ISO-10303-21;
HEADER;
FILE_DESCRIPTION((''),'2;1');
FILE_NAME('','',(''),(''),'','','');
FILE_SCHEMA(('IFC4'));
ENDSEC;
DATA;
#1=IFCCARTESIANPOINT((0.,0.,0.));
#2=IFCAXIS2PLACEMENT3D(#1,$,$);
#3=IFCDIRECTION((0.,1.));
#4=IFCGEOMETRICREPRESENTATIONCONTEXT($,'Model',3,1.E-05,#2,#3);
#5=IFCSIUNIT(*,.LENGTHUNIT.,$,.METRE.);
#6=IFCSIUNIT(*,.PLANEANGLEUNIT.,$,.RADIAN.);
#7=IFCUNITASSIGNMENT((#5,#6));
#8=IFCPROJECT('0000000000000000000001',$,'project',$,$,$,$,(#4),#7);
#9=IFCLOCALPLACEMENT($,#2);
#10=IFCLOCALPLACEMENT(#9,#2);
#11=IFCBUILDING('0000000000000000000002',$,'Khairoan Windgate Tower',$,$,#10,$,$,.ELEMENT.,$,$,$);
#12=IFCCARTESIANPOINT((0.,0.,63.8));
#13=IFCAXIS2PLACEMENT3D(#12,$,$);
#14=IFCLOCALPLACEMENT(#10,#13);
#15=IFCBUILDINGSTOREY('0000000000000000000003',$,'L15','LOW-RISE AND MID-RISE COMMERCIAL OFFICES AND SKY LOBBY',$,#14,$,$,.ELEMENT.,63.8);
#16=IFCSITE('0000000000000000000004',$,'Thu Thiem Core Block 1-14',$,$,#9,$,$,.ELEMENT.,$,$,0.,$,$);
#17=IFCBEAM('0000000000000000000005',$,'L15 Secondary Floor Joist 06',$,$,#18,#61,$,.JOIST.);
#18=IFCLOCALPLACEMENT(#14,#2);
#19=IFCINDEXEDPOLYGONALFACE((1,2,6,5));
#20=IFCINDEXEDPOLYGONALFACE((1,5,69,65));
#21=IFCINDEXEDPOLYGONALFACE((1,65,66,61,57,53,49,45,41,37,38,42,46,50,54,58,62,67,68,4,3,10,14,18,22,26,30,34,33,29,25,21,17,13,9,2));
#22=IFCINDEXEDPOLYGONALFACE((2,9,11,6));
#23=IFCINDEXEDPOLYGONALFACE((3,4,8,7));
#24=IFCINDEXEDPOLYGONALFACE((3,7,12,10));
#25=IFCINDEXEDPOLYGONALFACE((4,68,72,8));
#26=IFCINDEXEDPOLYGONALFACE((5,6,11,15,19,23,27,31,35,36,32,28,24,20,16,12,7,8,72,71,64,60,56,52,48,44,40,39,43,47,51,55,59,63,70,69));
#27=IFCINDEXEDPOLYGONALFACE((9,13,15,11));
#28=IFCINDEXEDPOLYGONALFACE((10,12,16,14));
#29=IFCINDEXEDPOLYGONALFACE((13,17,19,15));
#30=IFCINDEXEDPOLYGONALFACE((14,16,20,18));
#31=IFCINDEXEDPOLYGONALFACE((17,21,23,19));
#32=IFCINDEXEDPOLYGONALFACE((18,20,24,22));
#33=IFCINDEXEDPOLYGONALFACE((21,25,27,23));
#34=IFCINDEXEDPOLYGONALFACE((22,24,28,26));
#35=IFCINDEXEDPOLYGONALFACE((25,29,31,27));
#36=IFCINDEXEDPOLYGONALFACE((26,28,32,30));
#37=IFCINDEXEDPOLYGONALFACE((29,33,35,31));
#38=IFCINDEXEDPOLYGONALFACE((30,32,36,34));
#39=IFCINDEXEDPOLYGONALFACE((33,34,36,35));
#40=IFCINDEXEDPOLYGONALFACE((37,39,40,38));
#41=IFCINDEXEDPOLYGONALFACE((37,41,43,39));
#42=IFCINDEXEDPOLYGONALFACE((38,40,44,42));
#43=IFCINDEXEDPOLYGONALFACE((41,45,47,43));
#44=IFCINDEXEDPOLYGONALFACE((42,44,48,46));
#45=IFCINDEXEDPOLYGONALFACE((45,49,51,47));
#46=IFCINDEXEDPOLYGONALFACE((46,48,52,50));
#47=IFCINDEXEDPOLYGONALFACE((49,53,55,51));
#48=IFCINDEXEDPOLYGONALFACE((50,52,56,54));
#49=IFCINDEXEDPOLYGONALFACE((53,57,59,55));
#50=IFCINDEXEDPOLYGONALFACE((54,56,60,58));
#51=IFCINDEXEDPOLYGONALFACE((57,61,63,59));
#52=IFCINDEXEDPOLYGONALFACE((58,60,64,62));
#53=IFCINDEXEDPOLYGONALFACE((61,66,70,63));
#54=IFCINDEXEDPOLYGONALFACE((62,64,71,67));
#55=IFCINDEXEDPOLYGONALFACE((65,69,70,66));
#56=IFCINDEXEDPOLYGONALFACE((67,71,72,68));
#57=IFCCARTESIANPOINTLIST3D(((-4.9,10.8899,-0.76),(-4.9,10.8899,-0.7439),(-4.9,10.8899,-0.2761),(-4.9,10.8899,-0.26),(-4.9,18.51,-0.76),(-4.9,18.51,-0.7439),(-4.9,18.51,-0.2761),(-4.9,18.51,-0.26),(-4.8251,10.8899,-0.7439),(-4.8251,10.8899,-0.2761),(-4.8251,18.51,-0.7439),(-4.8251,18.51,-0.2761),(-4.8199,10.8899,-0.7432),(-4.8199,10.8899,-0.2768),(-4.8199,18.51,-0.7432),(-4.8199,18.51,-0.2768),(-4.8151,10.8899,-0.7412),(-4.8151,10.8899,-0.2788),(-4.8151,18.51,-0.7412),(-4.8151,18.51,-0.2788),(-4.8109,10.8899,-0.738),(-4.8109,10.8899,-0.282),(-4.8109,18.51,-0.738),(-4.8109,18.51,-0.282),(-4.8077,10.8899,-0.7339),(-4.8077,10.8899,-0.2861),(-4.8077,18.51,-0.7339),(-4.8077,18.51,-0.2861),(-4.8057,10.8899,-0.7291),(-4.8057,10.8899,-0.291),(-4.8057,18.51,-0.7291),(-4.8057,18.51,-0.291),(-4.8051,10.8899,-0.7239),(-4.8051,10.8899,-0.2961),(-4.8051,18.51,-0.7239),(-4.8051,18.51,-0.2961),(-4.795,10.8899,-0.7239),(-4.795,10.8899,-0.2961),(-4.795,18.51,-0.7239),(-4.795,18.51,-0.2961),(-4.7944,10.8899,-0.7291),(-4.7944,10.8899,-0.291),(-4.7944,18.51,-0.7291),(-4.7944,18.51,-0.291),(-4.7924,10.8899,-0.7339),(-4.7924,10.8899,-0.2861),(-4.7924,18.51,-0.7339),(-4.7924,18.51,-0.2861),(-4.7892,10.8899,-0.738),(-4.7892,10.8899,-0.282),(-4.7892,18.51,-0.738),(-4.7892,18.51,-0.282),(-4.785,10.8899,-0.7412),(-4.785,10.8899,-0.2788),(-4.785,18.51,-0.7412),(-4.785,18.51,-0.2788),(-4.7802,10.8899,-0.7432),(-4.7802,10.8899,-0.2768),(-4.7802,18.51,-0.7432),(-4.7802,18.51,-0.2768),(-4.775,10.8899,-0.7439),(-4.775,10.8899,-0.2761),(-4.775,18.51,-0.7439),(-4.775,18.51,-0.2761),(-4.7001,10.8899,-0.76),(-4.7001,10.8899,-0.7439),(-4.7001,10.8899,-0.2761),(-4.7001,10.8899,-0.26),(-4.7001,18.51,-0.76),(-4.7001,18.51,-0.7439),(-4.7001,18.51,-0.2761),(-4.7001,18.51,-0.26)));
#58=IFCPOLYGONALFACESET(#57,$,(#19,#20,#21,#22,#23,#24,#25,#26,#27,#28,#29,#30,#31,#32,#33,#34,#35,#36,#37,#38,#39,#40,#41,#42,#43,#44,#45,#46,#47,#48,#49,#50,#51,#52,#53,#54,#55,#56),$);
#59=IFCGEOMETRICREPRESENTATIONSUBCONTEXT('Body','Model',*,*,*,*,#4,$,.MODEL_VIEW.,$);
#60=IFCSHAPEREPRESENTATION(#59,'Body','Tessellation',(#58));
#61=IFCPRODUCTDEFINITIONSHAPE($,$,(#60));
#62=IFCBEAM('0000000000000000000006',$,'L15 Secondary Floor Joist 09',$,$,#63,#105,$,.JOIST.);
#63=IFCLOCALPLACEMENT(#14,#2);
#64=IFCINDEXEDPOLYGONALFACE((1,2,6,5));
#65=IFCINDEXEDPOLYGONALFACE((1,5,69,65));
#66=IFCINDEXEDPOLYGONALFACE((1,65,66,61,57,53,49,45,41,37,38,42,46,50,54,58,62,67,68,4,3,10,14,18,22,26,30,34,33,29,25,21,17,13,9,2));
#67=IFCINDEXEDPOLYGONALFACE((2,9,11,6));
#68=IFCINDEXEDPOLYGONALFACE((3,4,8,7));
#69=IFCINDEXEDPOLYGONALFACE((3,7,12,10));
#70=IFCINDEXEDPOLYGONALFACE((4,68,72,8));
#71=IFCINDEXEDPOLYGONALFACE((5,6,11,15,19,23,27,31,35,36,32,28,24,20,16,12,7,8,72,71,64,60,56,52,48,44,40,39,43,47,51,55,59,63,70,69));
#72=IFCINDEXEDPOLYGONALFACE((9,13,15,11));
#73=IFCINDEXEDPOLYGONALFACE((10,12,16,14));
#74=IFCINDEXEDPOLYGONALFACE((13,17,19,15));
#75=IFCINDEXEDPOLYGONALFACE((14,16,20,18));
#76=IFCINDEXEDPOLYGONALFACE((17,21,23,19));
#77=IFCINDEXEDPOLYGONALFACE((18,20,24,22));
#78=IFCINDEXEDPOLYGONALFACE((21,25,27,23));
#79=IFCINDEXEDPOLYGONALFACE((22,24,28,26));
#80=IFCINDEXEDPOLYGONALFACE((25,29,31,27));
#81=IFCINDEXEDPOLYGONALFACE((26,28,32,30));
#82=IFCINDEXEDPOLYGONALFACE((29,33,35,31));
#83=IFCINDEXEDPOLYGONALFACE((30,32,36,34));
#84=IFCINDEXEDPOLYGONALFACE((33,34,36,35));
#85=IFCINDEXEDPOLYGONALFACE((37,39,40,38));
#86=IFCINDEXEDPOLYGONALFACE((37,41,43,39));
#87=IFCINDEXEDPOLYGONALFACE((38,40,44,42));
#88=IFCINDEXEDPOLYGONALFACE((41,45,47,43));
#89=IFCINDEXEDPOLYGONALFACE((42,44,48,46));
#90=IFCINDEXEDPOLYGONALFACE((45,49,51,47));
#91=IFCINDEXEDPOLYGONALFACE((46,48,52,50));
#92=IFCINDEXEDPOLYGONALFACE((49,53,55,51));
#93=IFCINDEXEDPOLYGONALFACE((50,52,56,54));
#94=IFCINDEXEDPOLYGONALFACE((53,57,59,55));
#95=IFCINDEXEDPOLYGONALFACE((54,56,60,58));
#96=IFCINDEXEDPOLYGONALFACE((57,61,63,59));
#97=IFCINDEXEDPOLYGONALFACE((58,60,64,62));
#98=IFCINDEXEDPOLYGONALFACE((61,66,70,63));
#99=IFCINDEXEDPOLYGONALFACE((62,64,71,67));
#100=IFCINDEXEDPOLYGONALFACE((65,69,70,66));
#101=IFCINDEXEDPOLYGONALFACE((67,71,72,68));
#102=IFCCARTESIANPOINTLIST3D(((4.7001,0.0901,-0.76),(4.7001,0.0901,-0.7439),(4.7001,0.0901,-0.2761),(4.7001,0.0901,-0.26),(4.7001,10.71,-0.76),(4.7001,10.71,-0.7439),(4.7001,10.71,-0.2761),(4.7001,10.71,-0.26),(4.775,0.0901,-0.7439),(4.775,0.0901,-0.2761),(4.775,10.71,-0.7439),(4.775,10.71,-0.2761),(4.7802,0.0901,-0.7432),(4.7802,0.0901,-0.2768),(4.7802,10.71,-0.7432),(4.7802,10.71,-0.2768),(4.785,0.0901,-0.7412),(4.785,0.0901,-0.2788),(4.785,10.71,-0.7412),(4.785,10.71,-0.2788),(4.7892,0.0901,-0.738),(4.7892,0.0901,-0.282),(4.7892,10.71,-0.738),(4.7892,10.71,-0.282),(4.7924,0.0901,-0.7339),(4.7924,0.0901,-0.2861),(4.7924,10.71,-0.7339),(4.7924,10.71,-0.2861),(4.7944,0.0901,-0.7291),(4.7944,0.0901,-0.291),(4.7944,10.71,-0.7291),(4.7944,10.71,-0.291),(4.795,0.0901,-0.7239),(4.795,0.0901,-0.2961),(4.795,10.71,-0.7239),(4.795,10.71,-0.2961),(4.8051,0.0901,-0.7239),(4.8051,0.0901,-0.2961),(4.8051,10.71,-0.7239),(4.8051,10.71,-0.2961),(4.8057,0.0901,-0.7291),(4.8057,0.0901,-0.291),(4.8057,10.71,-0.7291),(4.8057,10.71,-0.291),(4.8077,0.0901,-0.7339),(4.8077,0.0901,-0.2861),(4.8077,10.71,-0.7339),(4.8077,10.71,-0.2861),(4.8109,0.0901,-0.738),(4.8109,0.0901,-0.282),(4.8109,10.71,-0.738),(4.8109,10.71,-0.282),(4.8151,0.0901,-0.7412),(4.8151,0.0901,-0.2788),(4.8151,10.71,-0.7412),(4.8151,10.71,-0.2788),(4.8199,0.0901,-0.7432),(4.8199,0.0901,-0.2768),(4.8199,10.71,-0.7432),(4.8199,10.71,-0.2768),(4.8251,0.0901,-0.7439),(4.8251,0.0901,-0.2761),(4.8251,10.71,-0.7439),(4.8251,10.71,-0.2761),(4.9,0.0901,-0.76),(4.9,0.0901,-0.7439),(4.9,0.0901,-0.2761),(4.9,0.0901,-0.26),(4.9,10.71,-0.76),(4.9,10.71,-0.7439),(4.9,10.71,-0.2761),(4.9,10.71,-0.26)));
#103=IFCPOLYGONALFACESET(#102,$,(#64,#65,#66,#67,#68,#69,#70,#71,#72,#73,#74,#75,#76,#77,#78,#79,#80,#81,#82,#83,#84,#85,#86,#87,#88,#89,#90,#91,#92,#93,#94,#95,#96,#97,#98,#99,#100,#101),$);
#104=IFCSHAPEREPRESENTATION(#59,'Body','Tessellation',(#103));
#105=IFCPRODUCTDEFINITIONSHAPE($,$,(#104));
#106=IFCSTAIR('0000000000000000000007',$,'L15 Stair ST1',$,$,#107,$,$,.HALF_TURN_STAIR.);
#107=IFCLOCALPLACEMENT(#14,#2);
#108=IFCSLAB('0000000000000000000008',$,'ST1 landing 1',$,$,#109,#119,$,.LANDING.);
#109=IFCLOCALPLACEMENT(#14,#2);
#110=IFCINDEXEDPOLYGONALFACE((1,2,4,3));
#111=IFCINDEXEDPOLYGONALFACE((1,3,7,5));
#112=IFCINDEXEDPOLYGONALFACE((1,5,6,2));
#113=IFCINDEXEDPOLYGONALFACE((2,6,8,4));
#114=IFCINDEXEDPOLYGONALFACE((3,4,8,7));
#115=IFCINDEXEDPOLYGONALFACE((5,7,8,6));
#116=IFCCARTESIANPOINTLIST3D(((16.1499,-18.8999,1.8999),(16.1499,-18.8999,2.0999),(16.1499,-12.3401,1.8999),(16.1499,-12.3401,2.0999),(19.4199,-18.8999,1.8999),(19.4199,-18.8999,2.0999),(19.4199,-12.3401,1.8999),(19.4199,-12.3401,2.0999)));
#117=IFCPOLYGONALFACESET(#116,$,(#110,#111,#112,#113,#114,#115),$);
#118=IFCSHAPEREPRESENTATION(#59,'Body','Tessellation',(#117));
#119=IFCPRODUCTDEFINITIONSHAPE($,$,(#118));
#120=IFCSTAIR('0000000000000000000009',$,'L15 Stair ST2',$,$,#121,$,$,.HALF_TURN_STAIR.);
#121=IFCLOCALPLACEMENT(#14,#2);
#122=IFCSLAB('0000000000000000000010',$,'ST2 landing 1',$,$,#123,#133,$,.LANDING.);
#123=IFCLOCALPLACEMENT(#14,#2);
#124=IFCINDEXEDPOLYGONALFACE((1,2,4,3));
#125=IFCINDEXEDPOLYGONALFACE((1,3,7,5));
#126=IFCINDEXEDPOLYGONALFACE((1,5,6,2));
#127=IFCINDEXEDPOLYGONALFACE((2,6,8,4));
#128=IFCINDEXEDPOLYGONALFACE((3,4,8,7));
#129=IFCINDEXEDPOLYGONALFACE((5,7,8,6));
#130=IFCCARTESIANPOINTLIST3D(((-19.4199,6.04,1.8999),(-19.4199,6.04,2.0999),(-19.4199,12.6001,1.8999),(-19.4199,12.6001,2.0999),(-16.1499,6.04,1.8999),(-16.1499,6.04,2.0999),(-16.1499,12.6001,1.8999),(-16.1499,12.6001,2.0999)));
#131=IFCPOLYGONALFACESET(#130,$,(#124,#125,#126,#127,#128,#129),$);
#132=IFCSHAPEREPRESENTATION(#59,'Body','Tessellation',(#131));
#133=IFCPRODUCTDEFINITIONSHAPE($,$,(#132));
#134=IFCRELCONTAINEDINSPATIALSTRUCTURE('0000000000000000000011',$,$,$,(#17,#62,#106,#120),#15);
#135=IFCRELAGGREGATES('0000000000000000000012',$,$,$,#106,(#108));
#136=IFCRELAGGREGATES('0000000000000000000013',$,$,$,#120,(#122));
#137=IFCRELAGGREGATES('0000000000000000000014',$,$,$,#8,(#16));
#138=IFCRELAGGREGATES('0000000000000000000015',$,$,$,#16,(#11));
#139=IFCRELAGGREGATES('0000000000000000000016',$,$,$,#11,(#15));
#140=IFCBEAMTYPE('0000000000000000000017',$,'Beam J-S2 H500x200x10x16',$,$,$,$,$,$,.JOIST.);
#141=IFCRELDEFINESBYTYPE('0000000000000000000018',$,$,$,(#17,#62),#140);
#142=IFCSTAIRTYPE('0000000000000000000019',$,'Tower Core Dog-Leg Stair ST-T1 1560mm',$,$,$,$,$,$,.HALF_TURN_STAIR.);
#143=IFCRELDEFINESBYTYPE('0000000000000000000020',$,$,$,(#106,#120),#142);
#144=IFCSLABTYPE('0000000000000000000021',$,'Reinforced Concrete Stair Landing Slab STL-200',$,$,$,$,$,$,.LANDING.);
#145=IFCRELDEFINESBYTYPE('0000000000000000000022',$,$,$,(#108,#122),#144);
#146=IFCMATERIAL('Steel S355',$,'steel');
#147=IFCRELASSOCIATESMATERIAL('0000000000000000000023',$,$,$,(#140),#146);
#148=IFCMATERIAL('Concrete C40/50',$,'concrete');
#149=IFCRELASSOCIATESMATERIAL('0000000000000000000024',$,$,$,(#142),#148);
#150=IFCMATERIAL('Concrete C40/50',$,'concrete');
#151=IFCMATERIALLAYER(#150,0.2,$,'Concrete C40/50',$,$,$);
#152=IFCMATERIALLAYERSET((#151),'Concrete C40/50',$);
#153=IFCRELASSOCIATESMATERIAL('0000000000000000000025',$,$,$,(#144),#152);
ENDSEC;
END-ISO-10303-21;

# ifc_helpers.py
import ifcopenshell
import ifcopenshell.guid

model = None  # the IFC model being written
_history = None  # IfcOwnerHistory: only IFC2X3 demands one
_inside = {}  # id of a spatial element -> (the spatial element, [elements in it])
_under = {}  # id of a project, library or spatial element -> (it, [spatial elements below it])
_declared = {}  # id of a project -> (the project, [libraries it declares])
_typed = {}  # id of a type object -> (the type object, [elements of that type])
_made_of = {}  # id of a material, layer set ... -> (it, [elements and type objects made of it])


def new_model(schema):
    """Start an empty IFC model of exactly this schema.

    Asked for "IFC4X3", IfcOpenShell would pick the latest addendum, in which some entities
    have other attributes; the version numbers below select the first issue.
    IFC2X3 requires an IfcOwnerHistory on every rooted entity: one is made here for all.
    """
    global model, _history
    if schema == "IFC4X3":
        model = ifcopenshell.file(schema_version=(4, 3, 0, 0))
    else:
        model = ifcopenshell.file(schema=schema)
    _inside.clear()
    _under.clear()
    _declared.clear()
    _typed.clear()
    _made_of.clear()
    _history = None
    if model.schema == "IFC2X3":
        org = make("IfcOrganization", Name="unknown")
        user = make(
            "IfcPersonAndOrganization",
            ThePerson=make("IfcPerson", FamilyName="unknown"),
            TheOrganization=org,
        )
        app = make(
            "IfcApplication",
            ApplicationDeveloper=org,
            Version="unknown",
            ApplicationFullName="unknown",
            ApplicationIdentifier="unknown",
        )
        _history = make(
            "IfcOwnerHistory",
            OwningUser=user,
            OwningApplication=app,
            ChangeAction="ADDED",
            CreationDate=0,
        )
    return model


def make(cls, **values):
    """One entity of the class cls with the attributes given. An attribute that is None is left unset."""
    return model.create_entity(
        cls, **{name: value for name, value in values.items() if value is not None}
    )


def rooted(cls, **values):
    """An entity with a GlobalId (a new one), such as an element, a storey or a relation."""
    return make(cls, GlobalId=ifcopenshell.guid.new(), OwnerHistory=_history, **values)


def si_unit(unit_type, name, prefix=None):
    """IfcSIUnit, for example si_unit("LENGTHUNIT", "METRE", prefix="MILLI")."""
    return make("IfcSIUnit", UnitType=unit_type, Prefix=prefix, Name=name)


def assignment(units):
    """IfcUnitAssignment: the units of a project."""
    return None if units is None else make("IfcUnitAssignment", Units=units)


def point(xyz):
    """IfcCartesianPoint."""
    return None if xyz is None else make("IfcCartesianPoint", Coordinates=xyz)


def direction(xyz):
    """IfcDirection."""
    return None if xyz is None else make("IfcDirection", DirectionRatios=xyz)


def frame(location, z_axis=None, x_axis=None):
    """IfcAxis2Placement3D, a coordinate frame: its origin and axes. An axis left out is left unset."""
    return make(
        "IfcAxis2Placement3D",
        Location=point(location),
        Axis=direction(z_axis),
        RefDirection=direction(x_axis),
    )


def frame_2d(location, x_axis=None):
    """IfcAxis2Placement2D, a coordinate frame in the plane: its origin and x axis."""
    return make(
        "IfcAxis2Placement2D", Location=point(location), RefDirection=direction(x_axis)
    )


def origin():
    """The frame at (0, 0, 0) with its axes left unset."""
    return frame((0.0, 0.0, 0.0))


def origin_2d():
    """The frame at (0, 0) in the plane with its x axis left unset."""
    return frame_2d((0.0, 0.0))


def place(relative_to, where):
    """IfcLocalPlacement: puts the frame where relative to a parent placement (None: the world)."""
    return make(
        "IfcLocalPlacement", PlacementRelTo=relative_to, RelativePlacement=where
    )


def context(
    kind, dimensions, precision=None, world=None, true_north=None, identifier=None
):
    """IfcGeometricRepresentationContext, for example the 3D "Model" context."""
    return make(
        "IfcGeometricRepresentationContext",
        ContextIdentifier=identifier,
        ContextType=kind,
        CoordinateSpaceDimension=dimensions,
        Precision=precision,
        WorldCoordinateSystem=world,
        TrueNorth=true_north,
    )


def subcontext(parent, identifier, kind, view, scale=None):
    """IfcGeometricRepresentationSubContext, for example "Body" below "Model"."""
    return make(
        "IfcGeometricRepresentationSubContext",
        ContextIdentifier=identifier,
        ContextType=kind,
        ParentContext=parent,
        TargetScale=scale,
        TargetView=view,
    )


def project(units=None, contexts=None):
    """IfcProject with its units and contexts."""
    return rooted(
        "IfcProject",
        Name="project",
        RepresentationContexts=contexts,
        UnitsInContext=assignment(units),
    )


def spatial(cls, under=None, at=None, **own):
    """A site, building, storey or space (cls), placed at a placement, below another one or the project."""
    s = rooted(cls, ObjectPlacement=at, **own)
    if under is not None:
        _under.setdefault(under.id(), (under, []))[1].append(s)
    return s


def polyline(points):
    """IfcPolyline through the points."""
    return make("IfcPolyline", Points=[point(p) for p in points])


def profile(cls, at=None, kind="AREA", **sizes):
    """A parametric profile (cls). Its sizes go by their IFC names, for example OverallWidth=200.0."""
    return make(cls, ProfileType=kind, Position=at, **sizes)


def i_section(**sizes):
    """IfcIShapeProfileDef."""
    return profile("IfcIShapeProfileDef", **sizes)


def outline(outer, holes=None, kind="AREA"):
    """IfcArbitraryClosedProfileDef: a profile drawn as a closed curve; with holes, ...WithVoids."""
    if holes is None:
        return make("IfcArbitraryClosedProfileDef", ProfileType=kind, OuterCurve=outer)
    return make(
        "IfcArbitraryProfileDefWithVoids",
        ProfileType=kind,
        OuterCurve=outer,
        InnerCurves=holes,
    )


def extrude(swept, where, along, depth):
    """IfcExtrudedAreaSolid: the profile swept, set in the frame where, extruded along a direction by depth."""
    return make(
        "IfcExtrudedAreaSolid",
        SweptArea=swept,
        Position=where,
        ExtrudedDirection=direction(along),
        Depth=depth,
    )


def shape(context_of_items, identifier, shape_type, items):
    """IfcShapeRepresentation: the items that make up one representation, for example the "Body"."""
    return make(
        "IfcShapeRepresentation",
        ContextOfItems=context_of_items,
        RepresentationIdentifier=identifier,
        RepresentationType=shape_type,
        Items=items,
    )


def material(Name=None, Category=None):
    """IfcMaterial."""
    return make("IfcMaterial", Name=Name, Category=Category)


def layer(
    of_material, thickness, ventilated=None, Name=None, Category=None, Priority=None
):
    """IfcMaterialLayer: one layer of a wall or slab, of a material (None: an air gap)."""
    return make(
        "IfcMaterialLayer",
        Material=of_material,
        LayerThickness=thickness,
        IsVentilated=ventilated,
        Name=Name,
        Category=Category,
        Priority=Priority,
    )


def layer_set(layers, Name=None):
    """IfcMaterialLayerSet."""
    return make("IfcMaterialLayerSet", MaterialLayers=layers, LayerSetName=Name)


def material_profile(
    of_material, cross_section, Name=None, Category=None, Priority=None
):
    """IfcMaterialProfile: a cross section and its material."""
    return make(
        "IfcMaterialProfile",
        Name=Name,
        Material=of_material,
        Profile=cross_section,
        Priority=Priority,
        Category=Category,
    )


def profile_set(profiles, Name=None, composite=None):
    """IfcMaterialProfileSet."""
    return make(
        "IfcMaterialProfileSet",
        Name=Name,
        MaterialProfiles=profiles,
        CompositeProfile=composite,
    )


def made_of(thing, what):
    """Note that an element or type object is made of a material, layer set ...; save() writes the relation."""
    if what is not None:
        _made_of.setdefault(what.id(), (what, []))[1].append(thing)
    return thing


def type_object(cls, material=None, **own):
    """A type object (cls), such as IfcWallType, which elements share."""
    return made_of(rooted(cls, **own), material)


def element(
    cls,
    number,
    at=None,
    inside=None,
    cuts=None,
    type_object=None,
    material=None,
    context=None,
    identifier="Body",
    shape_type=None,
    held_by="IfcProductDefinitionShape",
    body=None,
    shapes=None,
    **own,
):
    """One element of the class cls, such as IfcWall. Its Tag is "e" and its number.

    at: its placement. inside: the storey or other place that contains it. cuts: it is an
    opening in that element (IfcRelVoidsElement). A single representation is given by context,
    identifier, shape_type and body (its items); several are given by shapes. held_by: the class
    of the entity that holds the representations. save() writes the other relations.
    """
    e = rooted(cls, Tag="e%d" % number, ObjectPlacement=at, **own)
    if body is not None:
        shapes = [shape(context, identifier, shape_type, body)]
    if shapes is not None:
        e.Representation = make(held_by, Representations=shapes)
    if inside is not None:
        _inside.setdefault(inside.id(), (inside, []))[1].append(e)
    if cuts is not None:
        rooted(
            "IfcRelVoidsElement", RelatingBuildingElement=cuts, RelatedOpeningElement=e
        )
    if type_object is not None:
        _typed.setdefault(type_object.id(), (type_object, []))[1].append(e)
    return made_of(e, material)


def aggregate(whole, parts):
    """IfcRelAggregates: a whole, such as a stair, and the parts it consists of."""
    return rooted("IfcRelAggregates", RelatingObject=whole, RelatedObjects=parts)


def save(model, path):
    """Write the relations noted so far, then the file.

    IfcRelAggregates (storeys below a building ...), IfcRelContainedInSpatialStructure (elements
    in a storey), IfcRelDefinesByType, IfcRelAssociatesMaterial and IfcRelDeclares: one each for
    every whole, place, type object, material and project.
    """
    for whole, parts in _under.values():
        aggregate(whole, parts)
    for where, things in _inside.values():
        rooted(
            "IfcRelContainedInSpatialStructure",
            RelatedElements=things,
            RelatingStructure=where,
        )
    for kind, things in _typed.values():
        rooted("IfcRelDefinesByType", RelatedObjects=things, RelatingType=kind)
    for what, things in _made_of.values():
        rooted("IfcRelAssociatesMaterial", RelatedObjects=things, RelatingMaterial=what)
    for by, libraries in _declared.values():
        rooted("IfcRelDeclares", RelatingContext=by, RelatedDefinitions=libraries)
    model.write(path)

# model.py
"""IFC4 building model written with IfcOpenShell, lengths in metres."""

from ifc_helpers import new_model, si_unit, direction, frame, origin, origin_2d, place, context, subcontext, project, spatial, polyline, i_section, outline, extrude, material, layer, layer_set, material_profile, profile_set, type_object, element, aggregate, save


model = new_model("IFC4")

# Units and contexts
model_context = context("Model", 3, precision=1e-05, world=origin(), true_north=direction((0.0, 1.0)))
body_context = subcontext(model_context, "Body", "Model", "MODEL_VIEW")
ifc_project = project(units=[si_unit("LENGTHUNIT", "METRE"), si_unit("PLANEANGLEUNIT", "RADIAN")], contexts=[model_context])

# Site, building, storey
site_placement = place(None, origin())
site = spatial("IfcSite", under=ifc_project, at=site_placement, Name="Thu Thiem Core Block 1-14", CompositionType="ELEMENT", RefElevation=0.0)
building_placement = place(site_placement, origin())
building = spatial("IfcBuilding", under=site, at=building_placement, Name="Khairoan Windgate Tower", CompositionType="ELEMENT")
storey_placement = place(building_placement, frame((0.0, 0.0, 63.8)))
storey = spatial("IfcBuildingStorey", under=building, at=storey_placement, Name="L15", Description="LOW-RISE AND MID-RISE COMMERCIAL OFFICES AND SKY LOBBY", CompositionType="ELEMENT", Elevation=63.8)

# Beams
ifc_material_1 = material(Name="Steel S355", Category="steel")
ifc_material_profile_1 = material_profile(ifc_material_1, i_section(OverallWidth=0.2, OverallDepth=0.5, WebThickness=0.01, FlangeThickness=0.0161, FilletRadius=0.02, at=origin_2d()))
ifc_profile_set_1 = profile_set([ifc_material_profile_1], Name="Steel S355")
beam_type_1 = type_object("IfcBeamType", Name="Beam J-S2 H500x200x10x16", PredefinedType="JOIST", material=ifc_profile_set_1)
beam_1_placement = place(storey_placement, frame((-4.8, 10.8899, -0.51), z_axis=(0.0, 1.0, 0.0), x_axis=(-1.0, 0.0, 0.0)))
element("IfcBeam", 1, at=beam_1_placement, inside=storey, type_object=beam_type_1, Name="L15 Secondary Floor Joist 06", PredefinedType="JOIST", context=body_context, shape_type="SweptSolid", body=[
    extrude(i_section(OverallWidth=0.2, OverallDepth=0.5, WebThickness=0.01, FlangeThickness=0.0161, FilletRadius=0.02, at=origin_2d()), origin(), (0.0, 0.0, 1.0), 7.6201),
])
beam_2_placement = place(storey_placement, frame((4.8, 0.0901, -0.51), z_axis=(0.0, 1.0, 0.0), x_axis=(-1.0, 0.0, 0.0)))
element("IfcBeam", 2, at=beam_2_placement, inside=storey, type_object=beam_type_1, Name="L15 Secondary Floor Joist 09", PredefinedType="JOIST", context=body_context, shape_type="SweptSolid", body=[
    extrude(i_section(OverallWidth=0.2, OverallDepth=0.5, WebThickness=0.01, FlangeThickness=0.0161, FilletRadius=0.02, at=origin_2d()), origin(), (0.0, 0.0, 1.0), 10.6199),
])

# Stairs, slabs
ifc_material_2 = material(Name="Concrete C40/50", Category="concrete")
stair_type = type_object("IfcStairType", Name="Tower Core Dog-Leg Stair ST-T1 1560mm", PredefinedType="HALF_TURN_STAIR", material=ifc_material_2)
stair_1_placement = place(storey_placement, origin())
stair_1 = element("IfcStair", 3, at=stair_1_placement, inside=storey, type_object=stair_type, Name="L15 Stair ST1", PredefinedType="HALF_TURN_STAIR")
ifc_material_3 = material(Name="Concrete C40/50", Category="concrete")
ifc_layer_1 = layer(ifc_material_3, 0.2, Name="Concrete C40/50")
ifc_layer_set_1 = layer_set([ifc_layer_1], Name="Concrete C40/50")
slab_type_1 = type_object("IfcSlabType", Name="Reinforced Concrete Stair Landing Slab STL-200", PredefinedType="LANDING", material=ifc_layer_set_1)
slab_1_placement = place(storey_placement, frame((0.0, 0.0, 1.8999)))
slab_1 = element("IfcSlab", 4, at=slab_1_placement, type_object=slab_type_1, Name="ST1 landing 1", PredefinedType="LANDING", context=body_context, shape_type="SweptSolid", body=[
    extrude(outline(polyline([(16.1499, -12.3401), (16.1499, -18.8999), (19.4199, -18.8999), (19.4199, -12.3401), (16.1499, -12.3401)])), origin(), (0.0, 0.0, 1.0), 0.2),
])
aggregate(stair_1, [slab_1])
stair_2_placement = place(storey_placement, origin())
stair_2 = element("IfcStair", 5, at=stair_2_placement, inside=storey, type_object=stair_type, Name="L15 Stair ST2", PredefinedType="HALF_TURN_STAIR")
slab_2_placement = place(storey_placement, frame((0.0, 0.0, 1.8999)))
slab_2 = element("IfcSlab", 6, at=slab_2_placement, type_object=slab_type_1, Name="ST2 landing 1", PredefinedType="LANDING", context=body_context, shape_type="SweptSolid", body=[
    extrude(outline(polyline([(-16.1499, 6.04), (-16.1499, 12.6001), (-19.4199, 12.6001), (-19.4199, 6.04), (-16.1499, 6.04)])), origin(), (0.0, 0.0, 1.0), 0.2),
])
aggregate(stair_2, [slab_2])

save(model, "model.ifc")
